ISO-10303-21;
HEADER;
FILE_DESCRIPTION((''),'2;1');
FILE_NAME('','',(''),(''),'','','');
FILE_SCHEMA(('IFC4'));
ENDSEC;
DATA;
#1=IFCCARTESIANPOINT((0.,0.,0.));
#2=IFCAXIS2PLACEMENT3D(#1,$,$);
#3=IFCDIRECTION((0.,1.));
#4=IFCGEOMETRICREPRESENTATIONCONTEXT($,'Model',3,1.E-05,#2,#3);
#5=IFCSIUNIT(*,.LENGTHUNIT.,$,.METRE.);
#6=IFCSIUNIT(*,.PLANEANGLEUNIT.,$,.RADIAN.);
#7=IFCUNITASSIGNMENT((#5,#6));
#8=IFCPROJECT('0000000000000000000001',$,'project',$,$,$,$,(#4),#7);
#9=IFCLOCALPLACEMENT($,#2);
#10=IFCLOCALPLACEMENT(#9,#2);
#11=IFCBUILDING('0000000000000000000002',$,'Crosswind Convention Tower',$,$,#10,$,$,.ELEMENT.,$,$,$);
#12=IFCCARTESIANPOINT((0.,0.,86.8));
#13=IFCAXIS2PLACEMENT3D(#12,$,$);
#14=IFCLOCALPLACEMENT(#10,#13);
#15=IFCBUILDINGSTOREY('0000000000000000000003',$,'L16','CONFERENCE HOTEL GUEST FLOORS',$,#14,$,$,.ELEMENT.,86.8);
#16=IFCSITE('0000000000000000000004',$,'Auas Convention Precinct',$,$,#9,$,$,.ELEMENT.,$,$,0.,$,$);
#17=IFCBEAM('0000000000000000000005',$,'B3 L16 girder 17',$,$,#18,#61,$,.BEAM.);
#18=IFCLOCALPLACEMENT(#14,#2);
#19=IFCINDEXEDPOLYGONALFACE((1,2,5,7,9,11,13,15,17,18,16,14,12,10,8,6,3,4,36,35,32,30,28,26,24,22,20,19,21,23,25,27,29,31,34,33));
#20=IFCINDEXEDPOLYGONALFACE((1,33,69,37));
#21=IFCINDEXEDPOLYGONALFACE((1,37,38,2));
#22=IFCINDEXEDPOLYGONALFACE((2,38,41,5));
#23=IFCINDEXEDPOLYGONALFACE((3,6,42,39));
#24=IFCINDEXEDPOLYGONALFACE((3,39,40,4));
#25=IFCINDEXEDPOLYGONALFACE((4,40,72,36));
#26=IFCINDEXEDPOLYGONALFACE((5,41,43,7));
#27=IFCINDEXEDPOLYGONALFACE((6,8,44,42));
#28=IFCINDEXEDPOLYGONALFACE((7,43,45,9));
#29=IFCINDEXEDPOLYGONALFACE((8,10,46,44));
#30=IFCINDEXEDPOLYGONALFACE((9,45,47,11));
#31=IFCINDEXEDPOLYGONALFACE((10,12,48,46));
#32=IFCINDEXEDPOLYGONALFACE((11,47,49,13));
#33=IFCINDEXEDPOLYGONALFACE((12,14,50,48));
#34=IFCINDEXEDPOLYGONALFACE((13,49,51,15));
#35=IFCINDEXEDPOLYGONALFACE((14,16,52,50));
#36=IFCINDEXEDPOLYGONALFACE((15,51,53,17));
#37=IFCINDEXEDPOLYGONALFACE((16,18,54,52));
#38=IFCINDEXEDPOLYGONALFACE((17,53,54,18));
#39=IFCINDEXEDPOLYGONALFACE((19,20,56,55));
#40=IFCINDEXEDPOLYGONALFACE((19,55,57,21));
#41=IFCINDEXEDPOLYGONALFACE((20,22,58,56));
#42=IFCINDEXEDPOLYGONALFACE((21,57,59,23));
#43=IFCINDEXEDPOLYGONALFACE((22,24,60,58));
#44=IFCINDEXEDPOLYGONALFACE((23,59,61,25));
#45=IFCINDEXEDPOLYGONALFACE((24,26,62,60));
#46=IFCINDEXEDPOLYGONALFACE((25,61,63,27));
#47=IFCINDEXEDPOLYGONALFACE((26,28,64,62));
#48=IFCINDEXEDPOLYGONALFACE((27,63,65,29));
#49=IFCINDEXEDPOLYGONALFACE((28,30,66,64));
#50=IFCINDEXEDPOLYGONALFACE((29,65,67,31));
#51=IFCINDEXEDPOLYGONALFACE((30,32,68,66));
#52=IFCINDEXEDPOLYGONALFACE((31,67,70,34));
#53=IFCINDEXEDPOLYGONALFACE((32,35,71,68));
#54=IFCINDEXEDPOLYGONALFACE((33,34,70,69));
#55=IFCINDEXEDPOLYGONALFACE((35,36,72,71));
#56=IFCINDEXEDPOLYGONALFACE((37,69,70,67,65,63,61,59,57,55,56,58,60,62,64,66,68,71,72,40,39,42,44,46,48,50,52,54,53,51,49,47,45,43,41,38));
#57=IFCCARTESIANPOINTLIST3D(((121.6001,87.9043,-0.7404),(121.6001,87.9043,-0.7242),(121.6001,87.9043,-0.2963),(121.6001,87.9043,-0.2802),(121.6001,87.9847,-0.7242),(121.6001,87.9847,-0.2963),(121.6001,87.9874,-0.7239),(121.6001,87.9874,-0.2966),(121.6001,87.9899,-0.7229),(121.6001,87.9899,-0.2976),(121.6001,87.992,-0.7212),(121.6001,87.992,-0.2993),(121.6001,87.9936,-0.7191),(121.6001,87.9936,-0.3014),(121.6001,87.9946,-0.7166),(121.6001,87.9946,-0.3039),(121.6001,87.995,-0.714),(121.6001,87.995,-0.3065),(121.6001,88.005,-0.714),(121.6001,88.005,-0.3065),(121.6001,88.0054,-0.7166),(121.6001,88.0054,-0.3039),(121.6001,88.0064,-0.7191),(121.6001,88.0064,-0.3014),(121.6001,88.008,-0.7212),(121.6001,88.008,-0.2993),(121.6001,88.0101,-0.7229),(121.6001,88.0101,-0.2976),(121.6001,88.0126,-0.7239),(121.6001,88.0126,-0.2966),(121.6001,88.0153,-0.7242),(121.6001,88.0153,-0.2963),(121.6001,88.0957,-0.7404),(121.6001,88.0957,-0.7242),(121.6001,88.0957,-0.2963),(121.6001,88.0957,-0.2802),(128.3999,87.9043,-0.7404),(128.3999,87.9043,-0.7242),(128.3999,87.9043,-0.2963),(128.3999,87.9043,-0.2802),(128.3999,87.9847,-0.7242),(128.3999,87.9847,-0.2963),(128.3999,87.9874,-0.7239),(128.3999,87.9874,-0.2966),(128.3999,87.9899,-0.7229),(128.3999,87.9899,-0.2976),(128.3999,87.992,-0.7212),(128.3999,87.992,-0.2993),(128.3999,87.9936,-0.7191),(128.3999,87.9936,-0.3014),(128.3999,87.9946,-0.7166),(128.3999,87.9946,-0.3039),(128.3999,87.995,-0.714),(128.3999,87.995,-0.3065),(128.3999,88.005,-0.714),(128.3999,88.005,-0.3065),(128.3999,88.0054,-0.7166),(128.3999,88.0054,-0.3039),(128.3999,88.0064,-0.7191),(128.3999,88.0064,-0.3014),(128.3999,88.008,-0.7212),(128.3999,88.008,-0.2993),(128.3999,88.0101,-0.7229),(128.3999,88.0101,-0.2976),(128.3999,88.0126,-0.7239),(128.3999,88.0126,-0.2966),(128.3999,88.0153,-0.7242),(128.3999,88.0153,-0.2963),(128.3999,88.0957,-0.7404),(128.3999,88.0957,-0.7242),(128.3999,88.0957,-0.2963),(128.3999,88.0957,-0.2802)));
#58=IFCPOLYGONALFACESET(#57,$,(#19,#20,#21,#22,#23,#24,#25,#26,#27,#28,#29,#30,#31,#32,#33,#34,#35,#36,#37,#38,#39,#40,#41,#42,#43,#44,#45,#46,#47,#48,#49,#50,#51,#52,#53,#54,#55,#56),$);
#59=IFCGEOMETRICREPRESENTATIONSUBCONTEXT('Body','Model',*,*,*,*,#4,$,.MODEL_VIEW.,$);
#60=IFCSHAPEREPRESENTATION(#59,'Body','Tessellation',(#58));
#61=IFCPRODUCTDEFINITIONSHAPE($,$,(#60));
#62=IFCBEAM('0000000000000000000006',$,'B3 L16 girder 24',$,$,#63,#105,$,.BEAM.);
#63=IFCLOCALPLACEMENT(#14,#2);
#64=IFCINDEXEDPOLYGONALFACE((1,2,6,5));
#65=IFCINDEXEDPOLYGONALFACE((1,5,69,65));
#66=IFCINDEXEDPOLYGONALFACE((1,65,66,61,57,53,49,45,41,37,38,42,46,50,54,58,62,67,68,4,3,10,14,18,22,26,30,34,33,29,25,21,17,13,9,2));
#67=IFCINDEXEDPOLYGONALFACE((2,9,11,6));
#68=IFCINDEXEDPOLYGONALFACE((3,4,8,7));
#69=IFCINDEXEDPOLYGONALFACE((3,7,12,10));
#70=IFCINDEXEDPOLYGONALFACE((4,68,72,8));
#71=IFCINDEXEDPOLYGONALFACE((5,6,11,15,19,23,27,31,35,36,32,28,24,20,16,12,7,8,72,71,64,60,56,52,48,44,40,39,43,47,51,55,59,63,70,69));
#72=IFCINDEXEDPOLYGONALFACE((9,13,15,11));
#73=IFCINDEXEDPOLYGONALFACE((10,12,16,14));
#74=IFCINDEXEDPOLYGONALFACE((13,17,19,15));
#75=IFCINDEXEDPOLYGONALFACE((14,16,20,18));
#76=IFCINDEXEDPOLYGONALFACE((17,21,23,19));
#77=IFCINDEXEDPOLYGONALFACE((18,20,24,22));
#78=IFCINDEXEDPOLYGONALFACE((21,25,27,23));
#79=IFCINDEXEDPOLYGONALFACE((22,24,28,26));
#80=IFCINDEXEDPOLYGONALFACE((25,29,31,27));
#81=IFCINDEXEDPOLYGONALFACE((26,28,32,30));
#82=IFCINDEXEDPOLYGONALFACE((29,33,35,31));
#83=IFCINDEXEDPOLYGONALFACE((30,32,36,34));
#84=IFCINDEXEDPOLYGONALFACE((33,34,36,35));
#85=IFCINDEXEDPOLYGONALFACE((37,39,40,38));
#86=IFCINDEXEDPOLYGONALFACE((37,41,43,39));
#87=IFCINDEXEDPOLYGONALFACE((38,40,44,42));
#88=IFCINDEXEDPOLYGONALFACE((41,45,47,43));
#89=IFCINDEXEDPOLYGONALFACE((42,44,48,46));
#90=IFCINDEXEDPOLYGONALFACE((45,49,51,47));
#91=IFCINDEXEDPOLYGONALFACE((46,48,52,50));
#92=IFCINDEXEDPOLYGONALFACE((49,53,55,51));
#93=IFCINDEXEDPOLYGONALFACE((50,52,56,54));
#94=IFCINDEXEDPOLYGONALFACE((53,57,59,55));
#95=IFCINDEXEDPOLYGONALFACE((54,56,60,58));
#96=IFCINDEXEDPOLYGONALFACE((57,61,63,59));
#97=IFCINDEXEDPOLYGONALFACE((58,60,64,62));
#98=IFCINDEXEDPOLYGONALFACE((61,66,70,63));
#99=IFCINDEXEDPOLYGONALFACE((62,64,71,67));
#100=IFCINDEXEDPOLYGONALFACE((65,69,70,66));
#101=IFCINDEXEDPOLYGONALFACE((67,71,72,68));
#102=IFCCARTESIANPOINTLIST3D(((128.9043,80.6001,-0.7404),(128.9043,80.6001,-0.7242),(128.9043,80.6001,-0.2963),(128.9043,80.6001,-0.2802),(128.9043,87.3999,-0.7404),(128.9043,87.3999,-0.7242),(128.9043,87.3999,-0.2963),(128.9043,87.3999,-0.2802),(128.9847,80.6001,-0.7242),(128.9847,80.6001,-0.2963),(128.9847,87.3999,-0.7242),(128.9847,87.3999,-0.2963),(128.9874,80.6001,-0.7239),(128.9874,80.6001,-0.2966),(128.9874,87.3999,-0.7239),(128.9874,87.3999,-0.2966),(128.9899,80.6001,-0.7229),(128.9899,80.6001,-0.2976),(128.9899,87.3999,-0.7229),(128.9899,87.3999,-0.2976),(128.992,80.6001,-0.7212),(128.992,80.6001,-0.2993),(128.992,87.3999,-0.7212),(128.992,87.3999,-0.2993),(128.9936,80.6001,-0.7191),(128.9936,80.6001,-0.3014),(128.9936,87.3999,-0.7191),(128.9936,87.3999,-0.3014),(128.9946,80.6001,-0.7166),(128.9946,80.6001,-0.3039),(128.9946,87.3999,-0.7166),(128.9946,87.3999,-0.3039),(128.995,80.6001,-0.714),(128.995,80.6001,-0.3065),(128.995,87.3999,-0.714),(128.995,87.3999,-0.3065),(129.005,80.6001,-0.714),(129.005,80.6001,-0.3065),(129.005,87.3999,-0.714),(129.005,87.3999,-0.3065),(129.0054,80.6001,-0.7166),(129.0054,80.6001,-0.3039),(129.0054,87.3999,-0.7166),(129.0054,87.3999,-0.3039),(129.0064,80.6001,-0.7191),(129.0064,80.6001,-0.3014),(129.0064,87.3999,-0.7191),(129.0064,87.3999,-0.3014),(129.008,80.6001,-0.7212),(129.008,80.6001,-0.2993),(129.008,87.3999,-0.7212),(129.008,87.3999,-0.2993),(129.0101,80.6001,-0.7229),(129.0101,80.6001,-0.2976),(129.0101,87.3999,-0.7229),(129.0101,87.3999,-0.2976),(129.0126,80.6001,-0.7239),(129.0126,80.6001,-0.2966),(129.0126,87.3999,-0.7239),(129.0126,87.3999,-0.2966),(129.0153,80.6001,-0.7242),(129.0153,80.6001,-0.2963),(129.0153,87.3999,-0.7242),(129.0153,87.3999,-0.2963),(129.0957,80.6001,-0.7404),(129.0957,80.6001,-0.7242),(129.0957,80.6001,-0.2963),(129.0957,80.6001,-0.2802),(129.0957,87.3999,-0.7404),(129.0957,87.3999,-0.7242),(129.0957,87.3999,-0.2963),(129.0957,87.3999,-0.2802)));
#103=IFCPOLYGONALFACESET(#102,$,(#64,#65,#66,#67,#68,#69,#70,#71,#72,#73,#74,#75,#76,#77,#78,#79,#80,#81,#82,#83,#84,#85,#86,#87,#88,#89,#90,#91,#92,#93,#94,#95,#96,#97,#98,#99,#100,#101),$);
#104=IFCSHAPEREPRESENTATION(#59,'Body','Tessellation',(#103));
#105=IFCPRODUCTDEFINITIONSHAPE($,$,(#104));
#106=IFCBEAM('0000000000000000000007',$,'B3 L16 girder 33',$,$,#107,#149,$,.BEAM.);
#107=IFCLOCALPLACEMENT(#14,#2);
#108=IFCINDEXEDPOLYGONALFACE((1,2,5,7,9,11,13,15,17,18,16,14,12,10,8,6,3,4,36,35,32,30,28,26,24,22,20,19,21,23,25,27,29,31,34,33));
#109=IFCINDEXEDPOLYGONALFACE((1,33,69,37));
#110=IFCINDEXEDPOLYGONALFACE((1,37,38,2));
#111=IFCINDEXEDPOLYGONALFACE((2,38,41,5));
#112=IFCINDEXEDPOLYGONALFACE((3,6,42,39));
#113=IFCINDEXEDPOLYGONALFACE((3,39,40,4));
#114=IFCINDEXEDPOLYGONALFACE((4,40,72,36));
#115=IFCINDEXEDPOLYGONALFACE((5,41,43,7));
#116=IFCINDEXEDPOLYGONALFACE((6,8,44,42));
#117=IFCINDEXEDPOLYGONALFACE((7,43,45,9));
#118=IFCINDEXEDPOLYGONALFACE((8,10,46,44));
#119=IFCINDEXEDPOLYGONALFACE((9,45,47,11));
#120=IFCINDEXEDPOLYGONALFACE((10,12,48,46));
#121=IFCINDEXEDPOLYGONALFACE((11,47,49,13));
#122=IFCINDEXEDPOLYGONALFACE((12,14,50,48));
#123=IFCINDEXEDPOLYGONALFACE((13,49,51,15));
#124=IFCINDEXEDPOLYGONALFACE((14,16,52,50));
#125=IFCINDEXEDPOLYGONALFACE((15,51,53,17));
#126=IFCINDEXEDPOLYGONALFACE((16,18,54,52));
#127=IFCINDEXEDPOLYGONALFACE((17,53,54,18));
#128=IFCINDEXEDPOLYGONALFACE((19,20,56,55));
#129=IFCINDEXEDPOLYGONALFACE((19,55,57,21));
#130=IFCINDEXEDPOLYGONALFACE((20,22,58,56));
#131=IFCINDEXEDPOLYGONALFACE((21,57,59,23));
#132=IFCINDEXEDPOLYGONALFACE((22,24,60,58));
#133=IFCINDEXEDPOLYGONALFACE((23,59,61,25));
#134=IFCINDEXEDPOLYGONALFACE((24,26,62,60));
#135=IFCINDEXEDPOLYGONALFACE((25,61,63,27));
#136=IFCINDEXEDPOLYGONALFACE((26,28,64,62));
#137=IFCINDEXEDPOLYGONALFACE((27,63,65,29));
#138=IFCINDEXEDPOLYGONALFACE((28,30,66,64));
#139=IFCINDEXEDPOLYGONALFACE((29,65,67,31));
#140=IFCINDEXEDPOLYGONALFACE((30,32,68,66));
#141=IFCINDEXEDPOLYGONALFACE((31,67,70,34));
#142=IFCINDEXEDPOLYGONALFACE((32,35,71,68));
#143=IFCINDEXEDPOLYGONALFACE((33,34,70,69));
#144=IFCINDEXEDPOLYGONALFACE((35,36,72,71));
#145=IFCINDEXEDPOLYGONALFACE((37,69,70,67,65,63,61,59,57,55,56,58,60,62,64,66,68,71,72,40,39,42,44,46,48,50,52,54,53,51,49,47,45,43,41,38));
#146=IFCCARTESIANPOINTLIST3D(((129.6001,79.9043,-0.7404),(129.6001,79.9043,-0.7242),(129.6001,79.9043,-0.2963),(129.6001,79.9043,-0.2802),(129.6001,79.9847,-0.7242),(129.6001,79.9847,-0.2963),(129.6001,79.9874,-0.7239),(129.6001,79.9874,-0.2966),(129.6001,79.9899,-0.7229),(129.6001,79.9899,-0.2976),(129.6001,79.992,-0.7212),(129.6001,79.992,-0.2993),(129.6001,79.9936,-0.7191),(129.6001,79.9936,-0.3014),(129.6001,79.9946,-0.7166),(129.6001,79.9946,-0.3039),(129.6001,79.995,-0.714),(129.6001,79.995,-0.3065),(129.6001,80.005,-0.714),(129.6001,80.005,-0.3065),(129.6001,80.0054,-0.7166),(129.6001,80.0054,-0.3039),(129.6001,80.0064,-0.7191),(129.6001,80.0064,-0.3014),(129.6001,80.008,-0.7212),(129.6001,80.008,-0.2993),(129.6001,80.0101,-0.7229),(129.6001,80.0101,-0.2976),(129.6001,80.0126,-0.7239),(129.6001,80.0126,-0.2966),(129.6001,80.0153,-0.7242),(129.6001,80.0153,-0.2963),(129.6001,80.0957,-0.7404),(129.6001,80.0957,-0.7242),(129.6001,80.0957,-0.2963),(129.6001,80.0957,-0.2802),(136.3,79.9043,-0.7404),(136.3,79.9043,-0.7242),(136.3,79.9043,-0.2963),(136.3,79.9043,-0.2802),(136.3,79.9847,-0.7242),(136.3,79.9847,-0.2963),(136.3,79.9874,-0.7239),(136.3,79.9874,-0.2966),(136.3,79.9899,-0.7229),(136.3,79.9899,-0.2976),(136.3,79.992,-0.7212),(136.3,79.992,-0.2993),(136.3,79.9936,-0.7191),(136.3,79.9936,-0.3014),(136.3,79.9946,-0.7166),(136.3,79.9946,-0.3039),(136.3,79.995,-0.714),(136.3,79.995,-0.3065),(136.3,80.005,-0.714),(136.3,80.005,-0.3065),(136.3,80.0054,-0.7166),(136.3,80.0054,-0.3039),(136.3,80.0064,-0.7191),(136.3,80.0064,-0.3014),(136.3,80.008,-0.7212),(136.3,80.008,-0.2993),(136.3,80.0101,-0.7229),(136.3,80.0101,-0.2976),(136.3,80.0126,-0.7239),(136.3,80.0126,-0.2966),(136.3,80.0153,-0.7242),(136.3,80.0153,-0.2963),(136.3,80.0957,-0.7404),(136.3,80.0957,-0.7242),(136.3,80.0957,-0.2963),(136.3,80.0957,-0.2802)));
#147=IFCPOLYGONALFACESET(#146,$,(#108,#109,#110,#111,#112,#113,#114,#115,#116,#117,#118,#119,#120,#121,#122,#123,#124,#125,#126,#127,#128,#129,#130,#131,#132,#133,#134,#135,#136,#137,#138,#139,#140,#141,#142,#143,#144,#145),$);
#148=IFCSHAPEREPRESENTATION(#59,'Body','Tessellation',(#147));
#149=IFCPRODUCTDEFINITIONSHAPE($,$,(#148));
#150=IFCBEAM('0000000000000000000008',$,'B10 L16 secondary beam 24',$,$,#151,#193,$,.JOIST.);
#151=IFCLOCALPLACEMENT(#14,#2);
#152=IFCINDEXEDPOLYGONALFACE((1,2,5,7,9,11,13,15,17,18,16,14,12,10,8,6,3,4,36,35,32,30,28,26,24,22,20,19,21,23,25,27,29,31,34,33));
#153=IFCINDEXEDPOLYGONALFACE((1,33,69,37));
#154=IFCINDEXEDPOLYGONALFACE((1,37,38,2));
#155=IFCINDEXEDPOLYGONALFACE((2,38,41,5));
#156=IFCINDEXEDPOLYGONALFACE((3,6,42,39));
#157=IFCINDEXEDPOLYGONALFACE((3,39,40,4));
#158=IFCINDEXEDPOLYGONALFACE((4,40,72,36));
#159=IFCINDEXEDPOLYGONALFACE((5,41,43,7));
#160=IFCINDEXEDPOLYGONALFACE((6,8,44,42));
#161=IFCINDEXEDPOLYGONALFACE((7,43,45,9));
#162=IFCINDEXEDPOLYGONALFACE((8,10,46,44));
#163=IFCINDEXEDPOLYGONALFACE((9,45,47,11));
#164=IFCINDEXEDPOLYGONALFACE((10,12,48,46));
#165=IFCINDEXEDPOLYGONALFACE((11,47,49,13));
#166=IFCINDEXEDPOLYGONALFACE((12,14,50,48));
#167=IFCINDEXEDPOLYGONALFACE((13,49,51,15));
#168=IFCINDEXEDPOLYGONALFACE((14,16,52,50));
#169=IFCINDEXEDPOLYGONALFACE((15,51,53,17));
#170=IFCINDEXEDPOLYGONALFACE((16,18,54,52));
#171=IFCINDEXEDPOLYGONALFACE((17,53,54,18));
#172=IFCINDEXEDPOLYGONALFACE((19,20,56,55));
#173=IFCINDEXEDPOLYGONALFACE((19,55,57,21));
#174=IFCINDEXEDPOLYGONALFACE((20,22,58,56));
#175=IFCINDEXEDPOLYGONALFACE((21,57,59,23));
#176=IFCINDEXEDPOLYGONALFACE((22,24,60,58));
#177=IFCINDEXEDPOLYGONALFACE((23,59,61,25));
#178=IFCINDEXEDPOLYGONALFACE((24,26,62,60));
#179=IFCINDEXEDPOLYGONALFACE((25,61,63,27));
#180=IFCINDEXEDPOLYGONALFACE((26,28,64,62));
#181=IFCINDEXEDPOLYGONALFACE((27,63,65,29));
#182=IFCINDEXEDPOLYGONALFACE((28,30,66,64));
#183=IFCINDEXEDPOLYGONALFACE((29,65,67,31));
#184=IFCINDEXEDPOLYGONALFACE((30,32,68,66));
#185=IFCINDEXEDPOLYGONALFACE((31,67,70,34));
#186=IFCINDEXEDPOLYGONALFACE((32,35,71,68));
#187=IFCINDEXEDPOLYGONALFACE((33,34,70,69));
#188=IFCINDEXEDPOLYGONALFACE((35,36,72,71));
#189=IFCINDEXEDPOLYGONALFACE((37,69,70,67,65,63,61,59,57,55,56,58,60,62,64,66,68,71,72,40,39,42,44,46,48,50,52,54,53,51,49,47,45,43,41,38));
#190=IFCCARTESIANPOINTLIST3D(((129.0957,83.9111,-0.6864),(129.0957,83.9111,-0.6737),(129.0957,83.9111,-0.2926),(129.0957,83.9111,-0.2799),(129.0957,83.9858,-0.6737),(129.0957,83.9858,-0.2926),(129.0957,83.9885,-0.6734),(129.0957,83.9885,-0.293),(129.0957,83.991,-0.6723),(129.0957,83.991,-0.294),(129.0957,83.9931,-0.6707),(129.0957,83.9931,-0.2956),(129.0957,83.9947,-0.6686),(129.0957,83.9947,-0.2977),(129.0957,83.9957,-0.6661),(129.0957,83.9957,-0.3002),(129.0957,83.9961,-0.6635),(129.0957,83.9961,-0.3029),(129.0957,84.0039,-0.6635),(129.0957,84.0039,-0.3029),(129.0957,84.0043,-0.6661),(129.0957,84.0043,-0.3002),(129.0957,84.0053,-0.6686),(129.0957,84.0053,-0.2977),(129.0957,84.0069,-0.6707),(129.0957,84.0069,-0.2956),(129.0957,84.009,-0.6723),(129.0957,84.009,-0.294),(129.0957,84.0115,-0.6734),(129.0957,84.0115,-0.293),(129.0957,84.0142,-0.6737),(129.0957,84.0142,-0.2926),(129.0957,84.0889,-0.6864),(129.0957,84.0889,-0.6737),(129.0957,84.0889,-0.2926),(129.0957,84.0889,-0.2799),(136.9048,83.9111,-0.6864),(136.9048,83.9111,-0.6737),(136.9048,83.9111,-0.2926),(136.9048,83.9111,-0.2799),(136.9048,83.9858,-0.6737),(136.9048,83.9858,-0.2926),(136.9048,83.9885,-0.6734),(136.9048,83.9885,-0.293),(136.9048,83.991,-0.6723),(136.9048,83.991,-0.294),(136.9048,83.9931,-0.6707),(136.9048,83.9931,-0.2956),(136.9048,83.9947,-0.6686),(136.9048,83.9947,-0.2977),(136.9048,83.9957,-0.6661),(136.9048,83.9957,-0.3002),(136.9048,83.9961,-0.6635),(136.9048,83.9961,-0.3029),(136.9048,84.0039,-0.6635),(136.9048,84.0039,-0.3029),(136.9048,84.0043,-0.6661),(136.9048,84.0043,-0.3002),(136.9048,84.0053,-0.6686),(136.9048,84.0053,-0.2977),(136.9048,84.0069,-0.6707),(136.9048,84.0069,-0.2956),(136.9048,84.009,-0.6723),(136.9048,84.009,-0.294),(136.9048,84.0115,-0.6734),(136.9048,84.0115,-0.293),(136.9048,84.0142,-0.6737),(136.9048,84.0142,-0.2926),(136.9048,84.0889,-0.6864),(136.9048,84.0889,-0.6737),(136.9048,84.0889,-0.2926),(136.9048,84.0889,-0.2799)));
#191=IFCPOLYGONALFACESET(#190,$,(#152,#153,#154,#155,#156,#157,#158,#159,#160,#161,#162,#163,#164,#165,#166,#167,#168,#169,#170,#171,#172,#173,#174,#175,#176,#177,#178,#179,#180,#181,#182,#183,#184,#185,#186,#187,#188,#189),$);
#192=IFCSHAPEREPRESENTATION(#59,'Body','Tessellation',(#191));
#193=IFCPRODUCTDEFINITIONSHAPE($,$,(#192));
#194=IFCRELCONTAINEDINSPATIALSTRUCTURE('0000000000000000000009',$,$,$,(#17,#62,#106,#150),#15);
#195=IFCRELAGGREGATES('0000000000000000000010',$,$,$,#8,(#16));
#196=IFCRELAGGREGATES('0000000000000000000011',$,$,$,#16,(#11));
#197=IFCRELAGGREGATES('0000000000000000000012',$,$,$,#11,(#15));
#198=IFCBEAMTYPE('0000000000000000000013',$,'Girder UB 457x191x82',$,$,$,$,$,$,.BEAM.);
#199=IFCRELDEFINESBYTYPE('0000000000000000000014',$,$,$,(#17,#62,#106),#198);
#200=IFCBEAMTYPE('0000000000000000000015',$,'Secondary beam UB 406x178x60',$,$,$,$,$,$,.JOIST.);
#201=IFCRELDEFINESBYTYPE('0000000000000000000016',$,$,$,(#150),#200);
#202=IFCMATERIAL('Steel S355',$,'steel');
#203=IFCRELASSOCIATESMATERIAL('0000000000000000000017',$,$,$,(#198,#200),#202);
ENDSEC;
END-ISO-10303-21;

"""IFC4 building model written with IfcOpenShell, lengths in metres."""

from ifc_helpers import new_model, si_unit, direction, frame, origin, origin_2d, place, context, subcontext, project, spatial, i_section, extrude, material, material_profile, profile_set, type_object, element, save


model = new_model("IFC4")

# Units and contexts
model_context = context("Model", 3, precision=1e-05, world=origin(), true_north=direction((0.0, 1.0)))
body_context = subcontext(model_context, "Body", "Model", "MODEL_VIEW")
ifc_project = project(units=[si_unit("LENGTHUNIT", "METRE"), si_unit("PLANEANGLEUNIT", "RADIAN")], contexts=[model_context])

# Site, building, storey
site_placement = place(None, origin())
site = spatial("IfcSite", under=ifc_project, at=site_placement, Name="Auas Convention Precinct", CompositionType="ELEMENT", RefElevation=0.0)
building_placement = place(site_placement, origin())
building = spatial("IfcBuilding", under=site, at=building_placement, Name="Crosswind Convention Tower", CompositionType="ELEMENT")
storey_placement = place(building_placement, frame((0.0, 0.0, 86.8)))
storey = spatial("IfcBuildingStorey", under=building, at=storey_placement, Name="L16", Description="CONFERENCE HOTEL GUEST FLOORS", CompositionType="ELEMENT", Elevation=86.8)

# Beams
ifc_material_1 = material(Name="Steel S355", Category="steel")
ifc_material_profile_1 = material_profile(ifc_material_1, i_section(OverallWidth=0.1914, OverallDepth=0.4602, WebThickness=0.01, FlangeThickness=0.0161, FilletRadius=0.0103, at=origin_2d()), Name="UB 457x191x82")
ifc_profile_set_1 = profile_set([ifc_material_profile_1], Name="Steel S355")
beam_type_1 = type_object("IfcBeamType", Name="Girder UB 457x191x82", PredefinedType="BEAM", material=ifc_profile_set_1)
for number, where, z_axis, x_axis, name in (
    (1, (121.6001, 88.0, -0.5103), (1.0, 0.0, 0.0), (0.0, 1.0, 0.0), "B3 L16 girder 17"),
    (2, (129.0, 80.6001, -0.5103), (0.0, 1.0, 0.0), (-1.0, 0.0, 0.0), "B3 L16 girder 24"),
):
    element("IfcBeam", number, at=place(storey_placement, frame(where, z_axis=z_axis, x_axis=x_axis)), inside=storey, type_object=beam_type_1, Name=name, PredefinedType="BEAM", context=body_context, shape_type="SweptSolid", body=[
        extrude(i_section(OverallWidth=0.1914, OverallDepth=0.4602, WebThickness=0.01, FlangeThickness=0.0161, FilletRadius=0.0103, at=origin_2d()), origin(), (0.0, 0.0, 1.0), 6.7998),
    ])
beam_1_placement = place(storey_placement, frame((129.6001, 80.0, -0.5103), z_axis=(1.0, 0.0, 0.0), x_axis=(0.0, 1.0, 0.0)))
element("IfcBeam", 3, at=beam_1_placement, inside=storey, type_object=beam_type_1, Name="B3 L16 girder 33", PredefinedType="BEAM", context=body_context, shape_type="SweptSolid", body=[
    extrude(i_section(OverallWidth=0.1914, OverallDepth=0.4602, WebThickness=0.01, FlangeThickness=0.0161, FilletRadius=0.0103, at=origin_2d()), origin(), (0.0, 0.0, 1.0), 6.7),
])
ifc_material_profile_2 = material_profile(ifc_material_1, i_section(OverallWidth=0.1777, OverallDepth=0.4065, WebThickness=0.0078, FlangeThickness=0.0127, FilletRadius=0.0103, at=origin_2d()), Name="UB 406x178x60")
ifc_profile_set_2 = profile_set([ifc_material_profile_2], Name="Steel S355")
beam_type_2 = type_object("IfcBeamType", Name="Secondary beam UB 406x178x60", PredefinedType="JOIST", material=ifc_profile_set_2)
beam_2_placement = place(storey_placement, frame((129.0957, 84.0, -0.4832), z_axis=(1.0, 0.0, 0.0), x_axis=(0.0, 1.0, 0.0)))
element("IfcBeam", 4, at=beam_2_placement, inside=storey, type_object=beam_type_2, Name="B10 L16 secondary beam 24", PredefinedType="JOIST", context=body_context, shape_type="SweptSolid", body=[
    extrude(i_section(OverallWidth=0.1777, OverallDepth=0.4065, WebThickness=0.0078, FlangeThickness=0.0127, FilletRadius=0.0103, at=origin_2d()), origin(), (0.0, 0.0, 1.0), 7.8091),
])

save(model, "model.ifc")
